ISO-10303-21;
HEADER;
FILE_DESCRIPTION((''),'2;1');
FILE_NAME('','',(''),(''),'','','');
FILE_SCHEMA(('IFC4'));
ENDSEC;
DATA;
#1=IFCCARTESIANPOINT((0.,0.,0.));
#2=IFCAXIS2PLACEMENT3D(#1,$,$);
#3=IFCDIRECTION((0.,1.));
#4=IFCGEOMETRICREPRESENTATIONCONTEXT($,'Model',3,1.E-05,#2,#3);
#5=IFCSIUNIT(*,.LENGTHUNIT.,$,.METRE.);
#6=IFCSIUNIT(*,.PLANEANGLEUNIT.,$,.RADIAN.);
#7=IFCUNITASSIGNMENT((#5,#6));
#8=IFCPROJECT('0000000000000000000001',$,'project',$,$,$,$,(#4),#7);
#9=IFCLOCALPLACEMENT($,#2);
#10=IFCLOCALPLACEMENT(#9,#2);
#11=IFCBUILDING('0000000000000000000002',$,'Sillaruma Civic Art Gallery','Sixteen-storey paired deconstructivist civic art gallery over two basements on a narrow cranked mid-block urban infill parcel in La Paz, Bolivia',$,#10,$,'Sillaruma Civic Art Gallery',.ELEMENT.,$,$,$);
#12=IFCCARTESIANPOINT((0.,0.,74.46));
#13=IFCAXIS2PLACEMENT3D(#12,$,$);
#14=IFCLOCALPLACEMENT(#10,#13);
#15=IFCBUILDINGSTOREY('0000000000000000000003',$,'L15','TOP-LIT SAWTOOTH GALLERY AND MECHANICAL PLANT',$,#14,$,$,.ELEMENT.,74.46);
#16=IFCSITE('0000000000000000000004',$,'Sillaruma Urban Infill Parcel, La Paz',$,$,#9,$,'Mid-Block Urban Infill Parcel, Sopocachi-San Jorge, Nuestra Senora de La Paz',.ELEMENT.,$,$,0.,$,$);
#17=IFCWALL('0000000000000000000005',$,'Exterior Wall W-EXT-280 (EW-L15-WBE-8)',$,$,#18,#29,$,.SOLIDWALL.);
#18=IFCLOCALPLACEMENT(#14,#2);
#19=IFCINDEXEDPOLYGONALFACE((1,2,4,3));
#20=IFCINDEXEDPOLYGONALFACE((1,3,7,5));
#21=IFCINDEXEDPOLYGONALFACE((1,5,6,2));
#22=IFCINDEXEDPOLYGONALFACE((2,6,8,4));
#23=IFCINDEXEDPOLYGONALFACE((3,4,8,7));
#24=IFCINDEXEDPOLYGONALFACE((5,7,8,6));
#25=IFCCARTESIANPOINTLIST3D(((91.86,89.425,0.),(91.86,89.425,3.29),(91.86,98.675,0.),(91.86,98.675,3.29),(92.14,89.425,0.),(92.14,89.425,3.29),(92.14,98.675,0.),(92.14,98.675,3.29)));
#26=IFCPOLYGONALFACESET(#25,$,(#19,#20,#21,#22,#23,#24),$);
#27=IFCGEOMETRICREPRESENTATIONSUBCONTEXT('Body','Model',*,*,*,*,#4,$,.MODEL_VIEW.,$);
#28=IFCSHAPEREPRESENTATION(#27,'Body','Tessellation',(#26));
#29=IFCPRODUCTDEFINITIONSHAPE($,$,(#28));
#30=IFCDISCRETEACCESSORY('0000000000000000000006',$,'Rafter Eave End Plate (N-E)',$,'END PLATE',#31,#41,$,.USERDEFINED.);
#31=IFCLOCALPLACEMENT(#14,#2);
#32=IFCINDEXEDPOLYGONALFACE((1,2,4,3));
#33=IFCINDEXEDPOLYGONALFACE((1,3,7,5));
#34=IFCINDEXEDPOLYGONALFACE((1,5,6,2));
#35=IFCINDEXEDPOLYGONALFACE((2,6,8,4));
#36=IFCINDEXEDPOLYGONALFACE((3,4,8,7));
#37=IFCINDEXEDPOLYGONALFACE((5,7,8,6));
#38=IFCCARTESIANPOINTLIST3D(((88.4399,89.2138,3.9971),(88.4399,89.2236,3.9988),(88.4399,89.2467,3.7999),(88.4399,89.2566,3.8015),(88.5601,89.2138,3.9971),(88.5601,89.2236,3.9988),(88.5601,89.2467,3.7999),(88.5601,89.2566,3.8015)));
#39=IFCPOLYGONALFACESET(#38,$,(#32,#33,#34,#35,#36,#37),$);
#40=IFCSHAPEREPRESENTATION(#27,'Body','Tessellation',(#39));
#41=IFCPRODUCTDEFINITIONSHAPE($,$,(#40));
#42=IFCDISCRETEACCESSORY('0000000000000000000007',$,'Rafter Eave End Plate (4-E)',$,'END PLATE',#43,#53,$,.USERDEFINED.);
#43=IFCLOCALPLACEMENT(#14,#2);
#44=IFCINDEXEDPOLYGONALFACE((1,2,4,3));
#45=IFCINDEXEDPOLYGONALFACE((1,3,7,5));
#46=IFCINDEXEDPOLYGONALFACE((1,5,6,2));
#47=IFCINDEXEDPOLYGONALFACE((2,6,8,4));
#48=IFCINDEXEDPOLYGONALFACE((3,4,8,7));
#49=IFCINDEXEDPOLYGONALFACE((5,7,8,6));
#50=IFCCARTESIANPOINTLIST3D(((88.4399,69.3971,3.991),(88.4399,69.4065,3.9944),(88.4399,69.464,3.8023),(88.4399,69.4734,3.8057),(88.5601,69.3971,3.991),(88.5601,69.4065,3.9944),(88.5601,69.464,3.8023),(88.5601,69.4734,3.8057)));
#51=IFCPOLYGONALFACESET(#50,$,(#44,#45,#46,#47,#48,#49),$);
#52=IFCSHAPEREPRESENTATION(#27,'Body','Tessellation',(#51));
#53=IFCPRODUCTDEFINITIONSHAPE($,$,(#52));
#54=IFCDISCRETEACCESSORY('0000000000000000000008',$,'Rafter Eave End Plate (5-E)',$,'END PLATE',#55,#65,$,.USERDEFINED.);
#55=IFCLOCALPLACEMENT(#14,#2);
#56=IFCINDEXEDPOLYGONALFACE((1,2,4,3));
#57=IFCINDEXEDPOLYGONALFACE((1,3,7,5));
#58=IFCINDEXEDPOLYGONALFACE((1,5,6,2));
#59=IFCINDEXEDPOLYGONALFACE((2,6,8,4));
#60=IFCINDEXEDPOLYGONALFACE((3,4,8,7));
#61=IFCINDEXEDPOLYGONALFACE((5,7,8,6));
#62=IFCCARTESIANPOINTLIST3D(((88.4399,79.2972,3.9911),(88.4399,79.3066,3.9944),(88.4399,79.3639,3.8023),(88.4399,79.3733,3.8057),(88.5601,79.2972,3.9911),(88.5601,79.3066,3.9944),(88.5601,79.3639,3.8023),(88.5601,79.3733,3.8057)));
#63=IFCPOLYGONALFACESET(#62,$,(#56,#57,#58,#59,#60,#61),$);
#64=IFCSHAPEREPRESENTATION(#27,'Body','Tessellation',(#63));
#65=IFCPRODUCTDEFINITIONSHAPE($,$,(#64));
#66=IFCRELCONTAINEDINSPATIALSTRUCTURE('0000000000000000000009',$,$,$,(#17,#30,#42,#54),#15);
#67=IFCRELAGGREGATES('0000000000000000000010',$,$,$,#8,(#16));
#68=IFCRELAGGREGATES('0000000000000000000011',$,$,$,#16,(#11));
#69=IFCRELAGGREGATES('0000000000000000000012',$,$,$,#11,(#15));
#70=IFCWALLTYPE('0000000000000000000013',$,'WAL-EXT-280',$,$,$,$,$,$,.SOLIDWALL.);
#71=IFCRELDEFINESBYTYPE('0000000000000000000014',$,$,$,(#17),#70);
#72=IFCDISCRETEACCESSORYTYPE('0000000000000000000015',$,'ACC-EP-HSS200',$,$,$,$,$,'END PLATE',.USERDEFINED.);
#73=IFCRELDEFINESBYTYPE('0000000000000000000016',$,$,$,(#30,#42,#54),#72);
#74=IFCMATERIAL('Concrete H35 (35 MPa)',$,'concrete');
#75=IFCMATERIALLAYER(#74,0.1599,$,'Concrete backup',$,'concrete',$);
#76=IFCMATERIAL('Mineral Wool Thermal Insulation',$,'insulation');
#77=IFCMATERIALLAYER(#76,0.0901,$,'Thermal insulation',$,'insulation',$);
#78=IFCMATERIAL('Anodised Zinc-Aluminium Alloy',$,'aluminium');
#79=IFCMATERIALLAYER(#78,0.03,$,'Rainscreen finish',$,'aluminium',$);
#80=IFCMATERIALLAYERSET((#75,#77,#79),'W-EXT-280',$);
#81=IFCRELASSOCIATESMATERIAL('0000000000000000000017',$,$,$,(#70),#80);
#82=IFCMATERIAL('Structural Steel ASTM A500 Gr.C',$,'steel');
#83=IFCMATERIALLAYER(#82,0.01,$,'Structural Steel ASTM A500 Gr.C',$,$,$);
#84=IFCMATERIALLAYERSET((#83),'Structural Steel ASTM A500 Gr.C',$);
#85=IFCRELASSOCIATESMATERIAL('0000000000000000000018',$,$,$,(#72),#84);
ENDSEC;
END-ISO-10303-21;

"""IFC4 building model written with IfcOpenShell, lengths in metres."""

from ifc_helpers import new_model, si_unit, direction, frame, frame_2d, origin, place, context, subcontext, project, spatial, polyline, rectangle, outline, extrude, material, layer, layer_set, type_object, element, save


model = new_model("IFC4")

# Units and contexts
model_context = context("Model", 3, precision=1e-05, world=origin(), true_north=direction((0.0, 1.0)))
body_context = subcontext(model_context, "Body", "Model", "MODEL_VIEW")
ifc_project = project(units=[si_unit("LENGTHUNIT", "METRE"), si_unit("PLANEANGLEUNIT", "RADIAN")], contexts=[model_context])

# Site, building, storey
site_placement = place(None, origin())
site = spatial("IfcSite", under=ifc_project, at=site_placement, Name="Sillaruma Urban Infill Parcel, La Paz", LongName="Mid-Block Urban Infill Parcel, Sopocachi-San Jorge, Nuestra Senora de La Paz", CompositionType="ELEMENT", RefElevation=0.0)
building_placement = place(site_placement, origin())
building = spatial("IfcBuilding", under=site, at=building_placement, Name="Sillaruma Civic Art Gallery", Description="Sixteen-storey paired deconstructivist civic art gallery over two basements on a narrow cranked mid-block urban infill parcel in La Paz, Bolivia", LongName="Sillaruma Civic Art Gallery", CompositionType="ELEMENT")
storey_placement = place(building_placement, frame((0.0, 0.0, 74.46)))
storey = spatial("IfcBuildingStorey", under=building, at=storey_placement, Name="L15", Description="TOP-LIT SAWTOOTH GALLERY AND MECHANICAL PLANT", CompositionType="ELEMENT", Elevation=74.46)

# Shared definitions
ifc_material_1 = material(Name="Concrete H35 (35 MPa)", Category="concrete")

# Shared definitions
ifc_material_2 = material(Name="Structural Steel ASTM A500 Gr.C", Category="steel")

# Shared definitions
ifc_material_3 = material(Name="Mineral Wool Thermal Insulation", Category="insulation")
ifc_material_4 = material(Name="Anodised Zinc-Aluminium Alloy", Category="aluminium")

# Shared definitions
ifc_layer_1 = layer(ifc_material_1, 0.1599, Name="Concrete backup", Category="concrete")
ifc_layer_2 = layer(ifc_material_3, 0.0901, Name="Thermal insulation", Category="insulation")
ifc_layer_3 = layer(ifc_material_4, 0.03, Name="Rainscreen finish", Category="aluminium")
ifc_layer_set_1 = layer_set([ifc_layer_1, ifc_layer_2, ifc_layer_3], Name="W-EXT-280")
wall_type_1 = type_object("IfcWallType", Name="WAL-EXT-280", PredefinedType="SOLIDWALL", material=ifc_layer_set_1)

# Wall
wall_1_placement = place(storey_placement, frame((92.0, 89.425, 0.0), z_axis=(0.0, 0.0, 1.0), x_axis=(0.0, 1.0, 0.0)))
element("IfcWall", 1, at=wall_1_placement, inside=storey, type_object=wall_type_1, Name="Exterior Wall W-EXT-280 (EW-L15-WBE-8)", PredefinedType="SOLIDWALL", context=body_context, shape_type="SweptSolid", body=[
    extrude(rectangle(XDim=9.25, YDim=0.28, at=frame_2d((4.625, 0.0))), origin(), (0.0, 0.0, 1.0), 3.29),
])

# Discrete accessories
ifc_layer_4 = layer(ifc_material_2, 0.01, Name="Structural Steel ASTM A500 Gr.C")
ifc_layer_set_2 = layer_set([ifc_layer_4], Name="Structural Steel ASTM A500 Gr.C")
discrete_accessory_type = type_object("IfcDiscreteAccessoryType", Name="ACC-EP-HSS200", ElementType="END PLATE", PredefinedType="USERDEFINED", material=ifc_layer_set_2)
discrete_accessory_1_placement = place(storey_placement, frame((88.5601, 89.2566, 3.8015), z_axis=(0.0, 0.986328, 0.164795), x_axis=(-1.0, 0.0, 0.0)))
element("IfcDiscreteAccessory", 2, at=discrete_accessory_1_placement, inside=storey, type_object=discrete_accessory_type, Name="Rafter Eave End Plate (N-E)", ObjectType="END PLATE", PredefinedType="USERDEFINED", context=body_context, shape_type="SweptSolid", body=[
    extrude(outline(polyline([(0.0, 0.0), (0.1201, 0.0), (0.1201, 0.2), (0.0, 0.2), (0.0, 0.0)])), origin(), (0.0, 0.0, -1.0), 0.01),
])
discrete_accessory_2_placement = place(storey_placement, frame((88.5601, 69.4734, 3.8057), z_axis=(0.0, 0.942539, 0.334095), x_axis=(-1.0, 0.0, 0.0)))
element("IfcDiscreteAccessory", 3, at=discrete_accessory_2_placement, inside=storey, type_object=discrete_accessory_type, Name="Rafter Eave End Plate (4-E)", ObjectType="END PLATE", PredefinedType="USERDEFINED", context=body_context, shape_type="SweptSolid", body=[
    extrude(outline(polyline([(0.0, 0.0), (0.1201, 0.0), (0.1201, 0.2002), (0.0, 0.2002), (0.0, 0.0)])), origin(), (0.0, 0.0, -1.0), 0.01),
])
discrete_accessory_3_placement = place(storey_placement, frame((88.5601, 79.3733, 3.8057), z_axis=(0.0, 0.942923, 0.333012), x_axis=(-1.0, 0.0, 0.0)))
element("IfcDiscreteAccessory", 4, at=discrete_accessory_3_placement, inside=storey, type_object=discrete_accessory_type, Name="Rafter Eave End Plate (5-E)", ObjectType="END PLATE", PredefinedType="USERDEFINED", context=body_context, shape_type="SweptSolid", body=[
    extrude(outline(polyline([(0.0, 0.0), (0.1201, 0.0), (0.1201, 0.2001), (0.0, 0.2001), (0.0, 0.0)])), origin(), (0.0, 0.0, -1.0), 0.01),
])

save(model, "model.ifc")
